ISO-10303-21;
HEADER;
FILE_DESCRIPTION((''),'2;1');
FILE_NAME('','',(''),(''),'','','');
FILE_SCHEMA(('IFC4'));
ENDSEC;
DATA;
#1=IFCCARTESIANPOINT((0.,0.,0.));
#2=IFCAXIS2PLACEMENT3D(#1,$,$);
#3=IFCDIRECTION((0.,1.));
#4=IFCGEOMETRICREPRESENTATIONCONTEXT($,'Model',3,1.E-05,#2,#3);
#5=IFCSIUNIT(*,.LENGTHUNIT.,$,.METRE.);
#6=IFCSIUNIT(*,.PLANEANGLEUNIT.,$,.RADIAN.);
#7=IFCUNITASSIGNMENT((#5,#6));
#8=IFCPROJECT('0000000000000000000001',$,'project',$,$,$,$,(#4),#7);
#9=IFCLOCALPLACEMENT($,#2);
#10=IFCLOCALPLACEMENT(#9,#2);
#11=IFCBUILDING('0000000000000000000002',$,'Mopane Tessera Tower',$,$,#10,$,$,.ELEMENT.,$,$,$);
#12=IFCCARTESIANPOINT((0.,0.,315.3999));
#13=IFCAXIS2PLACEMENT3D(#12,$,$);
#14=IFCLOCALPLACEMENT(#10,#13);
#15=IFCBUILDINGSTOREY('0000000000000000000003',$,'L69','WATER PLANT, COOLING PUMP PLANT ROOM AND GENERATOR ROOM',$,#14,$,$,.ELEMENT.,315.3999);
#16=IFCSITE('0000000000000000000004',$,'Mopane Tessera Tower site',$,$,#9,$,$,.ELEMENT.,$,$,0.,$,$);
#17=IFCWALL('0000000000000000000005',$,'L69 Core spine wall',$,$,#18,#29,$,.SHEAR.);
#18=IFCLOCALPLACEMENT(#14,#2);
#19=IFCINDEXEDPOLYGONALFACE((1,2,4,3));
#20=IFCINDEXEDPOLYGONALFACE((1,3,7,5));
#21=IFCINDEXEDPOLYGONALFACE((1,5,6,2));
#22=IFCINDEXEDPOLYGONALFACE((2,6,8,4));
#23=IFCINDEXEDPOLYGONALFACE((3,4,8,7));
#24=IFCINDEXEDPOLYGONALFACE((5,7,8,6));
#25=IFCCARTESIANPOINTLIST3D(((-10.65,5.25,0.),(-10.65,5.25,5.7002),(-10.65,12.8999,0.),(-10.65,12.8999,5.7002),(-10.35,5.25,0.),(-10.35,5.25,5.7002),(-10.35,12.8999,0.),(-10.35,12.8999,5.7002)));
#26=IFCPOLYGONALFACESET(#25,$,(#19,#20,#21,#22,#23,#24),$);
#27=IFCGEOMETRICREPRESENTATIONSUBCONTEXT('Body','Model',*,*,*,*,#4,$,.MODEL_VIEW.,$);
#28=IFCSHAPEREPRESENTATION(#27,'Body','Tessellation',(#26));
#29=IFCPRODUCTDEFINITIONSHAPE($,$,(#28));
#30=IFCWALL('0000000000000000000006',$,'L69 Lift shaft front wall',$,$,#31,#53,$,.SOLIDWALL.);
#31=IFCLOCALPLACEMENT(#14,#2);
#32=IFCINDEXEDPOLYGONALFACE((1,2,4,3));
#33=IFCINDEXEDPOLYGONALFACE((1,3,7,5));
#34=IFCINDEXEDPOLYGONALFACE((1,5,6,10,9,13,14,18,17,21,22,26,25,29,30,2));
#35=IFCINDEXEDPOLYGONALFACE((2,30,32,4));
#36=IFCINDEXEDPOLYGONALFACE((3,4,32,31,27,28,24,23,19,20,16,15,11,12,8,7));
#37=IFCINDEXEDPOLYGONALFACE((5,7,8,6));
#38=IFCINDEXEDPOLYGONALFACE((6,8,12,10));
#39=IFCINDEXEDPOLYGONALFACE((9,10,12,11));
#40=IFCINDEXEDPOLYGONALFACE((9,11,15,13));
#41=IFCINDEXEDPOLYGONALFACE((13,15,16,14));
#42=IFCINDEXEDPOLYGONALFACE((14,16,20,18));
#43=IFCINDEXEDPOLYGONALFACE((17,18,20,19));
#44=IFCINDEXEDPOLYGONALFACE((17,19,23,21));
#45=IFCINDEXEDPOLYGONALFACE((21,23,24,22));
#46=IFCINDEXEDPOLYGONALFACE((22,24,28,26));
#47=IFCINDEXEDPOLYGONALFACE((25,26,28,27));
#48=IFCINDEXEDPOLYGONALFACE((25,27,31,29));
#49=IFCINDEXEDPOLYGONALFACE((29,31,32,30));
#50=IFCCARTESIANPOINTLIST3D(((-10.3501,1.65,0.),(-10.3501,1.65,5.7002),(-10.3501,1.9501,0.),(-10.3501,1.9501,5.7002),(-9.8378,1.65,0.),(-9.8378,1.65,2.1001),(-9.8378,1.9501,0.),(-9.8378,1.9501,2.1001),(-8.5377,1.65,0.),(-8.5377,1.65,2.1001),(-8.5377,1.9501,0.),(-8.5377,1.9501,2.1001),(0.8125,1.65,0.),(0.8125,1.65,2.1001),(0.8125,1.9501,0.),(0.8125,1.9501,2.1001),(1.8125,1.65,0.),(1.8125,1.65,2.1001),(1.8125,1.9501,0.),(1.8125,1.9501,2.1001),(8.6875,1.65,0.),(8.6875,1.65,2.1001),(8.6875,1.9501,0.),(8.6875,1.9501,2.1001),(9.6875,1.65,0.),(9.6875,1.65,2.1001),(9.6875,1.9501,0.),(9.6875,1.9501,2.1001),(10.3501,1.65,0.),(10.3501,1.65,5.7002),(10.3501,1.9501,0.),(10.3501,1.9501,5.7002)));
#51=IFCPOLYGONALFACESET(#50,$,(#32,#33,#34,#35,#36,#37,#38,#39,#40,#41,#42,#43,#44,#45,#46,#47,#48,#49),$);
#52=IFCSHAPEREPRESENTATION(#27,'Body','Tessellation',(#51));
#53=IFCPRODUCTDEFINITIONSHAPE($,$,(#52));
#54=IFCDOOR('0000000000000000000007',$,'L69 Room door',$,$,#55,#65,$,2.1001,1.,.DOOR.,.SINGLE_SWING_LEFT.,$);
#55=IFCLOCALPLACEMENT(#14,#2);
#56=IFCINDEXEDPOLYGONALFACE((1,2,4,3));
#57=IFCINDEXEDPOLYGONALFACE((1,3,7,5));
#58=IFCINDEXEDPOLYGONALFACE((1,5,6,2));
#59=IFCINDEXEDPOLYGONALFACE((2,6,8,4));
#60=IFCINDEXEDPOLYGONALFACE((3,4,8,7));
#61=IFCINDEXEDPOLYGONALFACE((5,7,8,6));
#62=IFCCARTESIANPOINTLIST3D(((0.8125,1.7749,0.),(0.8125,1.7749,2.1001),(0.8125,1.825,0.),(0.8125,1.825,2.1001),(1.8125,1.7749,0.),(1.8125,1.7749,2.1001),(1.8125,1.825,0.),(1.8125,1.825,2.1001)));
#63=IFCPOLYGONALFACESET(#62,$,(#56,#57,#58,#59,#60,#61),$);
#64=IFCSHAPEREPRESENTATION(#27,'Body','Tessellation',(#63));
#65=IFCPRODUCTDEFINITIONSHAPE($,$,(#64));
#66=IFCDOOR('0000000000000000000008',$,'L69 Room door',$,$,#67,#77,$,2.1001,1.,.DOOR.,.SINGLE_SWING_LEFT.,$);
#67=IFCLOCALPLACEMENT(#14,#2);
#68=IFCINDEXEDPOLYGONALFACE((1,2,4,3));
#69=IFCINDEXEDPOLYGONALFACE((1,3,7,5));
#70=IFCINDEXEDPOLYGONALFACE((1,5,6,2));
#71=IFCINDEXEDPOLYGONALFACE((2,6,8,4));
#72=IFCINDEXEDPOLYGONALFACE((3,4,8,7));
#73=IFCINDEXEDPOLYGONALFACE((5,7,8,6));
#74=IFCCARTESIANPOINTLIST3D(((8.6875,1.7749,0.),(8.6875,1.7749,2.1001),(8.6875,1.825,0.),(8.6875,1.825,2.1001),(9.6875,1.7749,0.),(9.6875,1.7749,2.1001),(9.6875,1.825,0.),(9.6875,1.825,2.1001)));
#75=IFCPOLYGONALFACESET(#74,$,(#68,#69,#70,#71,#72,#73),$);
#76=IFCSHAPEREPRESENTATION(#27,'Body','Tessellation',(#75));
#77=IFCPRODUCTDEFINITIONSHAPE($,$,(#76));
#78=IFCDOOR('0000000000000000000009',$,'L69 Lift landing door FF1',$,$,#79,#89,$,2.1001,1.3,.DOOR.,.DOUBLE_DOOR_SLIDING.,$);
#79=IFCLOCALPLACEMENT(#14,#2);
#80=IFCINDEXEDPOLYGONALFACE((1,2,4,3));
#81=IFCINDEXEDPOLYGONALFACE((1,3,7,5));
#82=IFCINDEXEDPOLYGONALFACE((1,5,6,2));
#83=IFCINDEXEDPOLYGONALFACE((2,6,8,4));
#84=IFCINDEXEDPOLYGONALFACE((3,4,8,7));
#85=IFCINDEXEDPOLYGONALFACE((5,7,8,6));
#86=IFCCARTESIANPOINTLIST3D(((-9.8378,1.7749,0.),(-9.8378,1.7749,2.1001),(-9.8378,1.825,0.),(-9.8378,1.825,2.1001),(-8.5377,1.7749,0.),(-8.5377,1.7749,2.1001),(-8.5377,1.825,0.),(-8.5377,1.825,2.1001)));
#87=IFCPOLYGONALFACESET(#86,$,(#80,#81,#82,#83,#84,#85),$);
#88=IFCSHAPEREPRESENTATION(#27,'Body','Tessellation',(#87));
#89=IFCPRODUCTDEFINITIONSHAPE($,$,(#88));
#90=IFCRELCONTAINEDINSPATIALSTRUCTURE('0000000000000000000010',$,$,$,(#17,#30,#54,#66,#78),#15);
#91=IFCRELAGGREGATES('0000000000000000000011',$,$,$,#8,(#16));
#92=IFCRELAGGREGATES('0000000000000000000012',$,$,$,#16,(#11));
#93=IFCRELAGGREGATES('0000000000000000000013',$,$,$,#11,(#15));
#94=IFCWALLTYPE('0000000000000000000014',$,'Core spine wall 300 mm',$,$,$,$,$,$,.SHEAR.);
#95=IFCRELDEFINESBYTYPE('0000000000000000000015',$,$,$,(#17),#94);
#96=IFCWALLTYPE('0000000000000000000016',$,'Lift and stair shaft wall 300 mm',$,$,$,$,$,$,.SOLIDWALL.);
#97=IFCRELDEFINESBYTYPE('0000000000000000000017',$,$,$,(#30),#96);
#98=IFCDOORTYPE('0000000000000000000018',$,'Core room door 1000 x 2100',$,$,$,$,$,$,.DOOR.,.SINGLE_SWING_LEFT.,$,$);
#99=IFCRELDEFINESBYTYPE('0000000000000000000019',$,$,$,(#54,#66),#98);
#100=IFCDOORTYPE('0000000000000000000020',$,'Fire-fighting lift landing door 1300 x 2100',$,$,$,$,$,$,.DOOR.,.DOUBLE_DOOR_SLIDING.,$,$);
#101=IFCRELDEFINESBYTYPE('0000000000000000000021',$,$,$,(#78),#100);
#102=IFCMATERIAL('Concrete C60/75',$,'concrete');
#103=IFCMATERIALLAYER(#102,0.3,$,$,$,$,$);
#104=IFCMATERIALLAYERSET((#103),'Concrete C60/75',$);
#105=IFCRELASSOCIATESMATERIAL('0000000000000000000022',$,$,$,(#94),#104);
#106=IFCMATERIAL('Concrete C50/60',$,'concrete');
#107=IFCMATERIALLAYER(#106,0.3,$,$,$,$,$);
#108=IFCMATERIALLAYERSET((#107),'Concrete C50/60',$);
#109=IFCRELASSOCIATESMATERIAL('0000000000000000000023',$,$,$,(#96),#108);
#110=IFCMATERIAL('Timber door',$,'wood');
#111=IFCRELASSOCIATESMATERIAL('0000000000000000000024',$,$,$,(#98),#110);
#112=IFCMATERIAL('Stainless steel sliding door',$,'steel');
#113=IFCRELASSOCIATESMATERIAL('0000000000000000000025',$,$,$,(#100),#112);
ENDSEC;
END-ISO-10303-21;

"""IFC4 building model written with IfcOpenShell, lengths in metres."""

from ifc_helpers import new_model, si_unit, direction, frame, frame_2d, origin, place, context, subcontext, project, spatial, rectangle, extrude, material, layer, layer_set, type_object, element, fill, save


model = new_model("IFC4")

# Units and contexts
model_context = context("Model", 3, precision=1e-05, world=origin(), true_north=direction((0.0, 1.0)))
body_context = subcontext(model_context, "Body", "Model", "MODEL_VIEW")
ifc_project = project(units=[si_unit("LENGTHUNIT", "METRE"), si_unit("PLANEANGLEUNIT", "RADIAN")], contexts=[model_context])

# Site, building, storey
site_placement = place(None, origin())
site = spatial("IfcSite", under=ifc_project, at=site_placement, Name="Mopane Tessera Tower site", CompositionType="ELEMENT", RefElevation=0.0)
building_placement = place(site_placement, origin())
building = spatial("IfcBuilding", under=site, at=building_placement, Name="Mopane Tessera Tower", CompositionType="ELEMENT")
storey_placement = place(building_placement, frame((0.0, 0.0, 315.3999)))
storey = spatial("IfcBuildingStorey", under=building, at=storey_placement, Name="L69", Description="WATER PLANT, COOLING PUMP PLANT ROOM AND GENERATOR ROOM", CompositionType="ELEMENT", Elevation=315.3999)

# Wall
ifc_material_1 = material(Name="Concrete C60/75", Category="concrete")
ifc_layer_1 = layer(ifc_material_1, 0.3)
ifc_layer_set_1 = layer_set([ifc_layer_1], Name="Concrete C60/75")
wall_type_1 = type_object("IfcWallType", Name="Core spine wall 300 mm", PredefinedType="SHEAR", material=ifc_layer_set_1)
wall_1_placement = place(storey_placement, frame((-10.5, 5.25, 0.0), z_axis=(0.0, 0.0, 1.0), x_axis=(0.0, 1.0, 0.0)))
element("IfcWall", 1, at=wall_1_placement, inside=storey, type_object=wall_type_1, Name="L69 Core spine wall", PredefinedType="SHEAR", context=body_context, shape_type="SweptSolid", body=[
    extrude(rectangle(XDim=7.6499, YDim=0.3, at=frame_2d((3.825, 0.0))), origin(), (0.0, 0.0, 1.0), 5.7002),
])

# Wall, openings, doors
ifc_material_2 = material(Name="Concrete C50/60", Category="concrete")
ifc_layer_2 = layer(ifc_material_2, 0.3)
ifc_layer_set_2 = layer_set([ifc_layer_2], Name="Concrete C50/60")
wall_type_2 = type_object("IfcWallType", Name="Lift and stair shaft wall 300 mm", PredefinedType="SOLIDWALL", material=ifc_layer_set_2)
wall_2_placement = place(storey_placement, frame((-10.3501, 1.8, 0.0), z_axis=(0.0, 0.0, 1.0), x_axis=(1.0, 0.0, 0.0)))
wall_2 = element("IfcWall", 2, at=wall_2_placement, inside=storey, type_object=wall_type_2, Name="L69 Lift shaft front wall", PredefinedType="SOLIDWALL", context=body_context, shape_type="SweptSolid", body=[
    extrude(rectangle(XDim=20.7002, YDim=0.3, at=frame_2d((10.3501, 0.0))), origin(), (0.0, 0.0, 1.0), 5.7002),
])
opening_1_placement = place(wall_2_placement, frame((0.5125, 0.0, 0.0)))
opening_1 = element("IfcOpeningElement", 3, at=opening_1_placement, cuts=wall_2, PredefinedType="OPENING", context=body_context, shape_type="SweptSolid", body=[
    extrude(rectangle(XDim=1.3, YDim=2.1001, at=frame_2d((0.6499, 1.05))), frame((0.0, 0.1621, 0.0), z_axis=(0.0, -1.0, 0.0), x_axis=(1.0, 0.0, 0.0)), (0.0, 0.0, 1.0), 0.324),
])
opening_2_placement = place(wall_2_placement, frame((11.1626, 0.0, 0.0)))
opening_2 = element("IfcOpeningElement", 4, at=opening_2_placement, cuts=wall_2, PredefinedType="OPENING", context=body_context, shape_type="SweptSolid", body=[
    extrude(rectangle(XDim=1.0, YDim=2.1001, at=frame_2d((0.5, 1.05))), frame((0.0, 0.1621, 0.0), z_axis=(0.0, -1.0, 0.0), x_axis=(1.0, 0.0, 0.0)), (0.0, 0.0, 1.0), 0.324),
])
opening_3_placement = place(wall_2_placement, frame((19.0376, 0.0, 0.0)))
opening_3 = element("IfcOpeningElement", 5, at=opening_3_placement, cuts=wall_2, PredefinedType="OPENING", context=body_context, shape_type="SweptSolid", body=[
    extrude(rectangle(XDim=1.0, YDim=2.1001, at=frame_2d((0.5, 1.05))), frame((0.0, 0.1621, 0.0), z_axis=(0.0, -1.0, 0.0), x_axis=(1.0, 0.0, 0.0)), (0.0, 0.0, 1.0), 0.324),
])
ifc_material_3 = material(Name="Timber door", Category="wood")
door_type_1 = type_object("IfcDoorType", Name="Core room door 1000 x 2100", OperationType="SINGLE_SWING_LEFT", PredefinedType="DOOR", material=ifc_material_3)
door_1_placement = place(opening_2_placement, origin())
door_1 = element("IfcDoor", 6, at=door_1_placement, inside=storey, type_object=door_type_1, Name="L69 Room door", OperationType="SINGLE_SWING_LEFT", OverallHeight=2.1001, OverallWidth=1.0, PredefinedType="DOOR", context=body_context, shape_type="SweptSolid", body=[
    extrude(rectangle(XDim=1.0, YDim=2.1001, at=frame_2d((0.5, 1.05))), frame((0.0, 0.0249, 0.0), z_axis=(0.0, -1.0, 0.0), x_axis=(1.0, 0.0, 0.0)), (0.0, 0.0, 1.0), 0.05),
])
fill(opening_2, door_1)
door_2_placement = place(opening_3_placement, origin())
door_2 = element("IfcDoor", 7, at=door_2_placement, inside=storey, type_object=door_type_1, Name="L69 Room door", OperationType="SINGLE_SWING_LEFT", OverallHeight=2.1001, OverallWidth=1.0, PredefinedType="DOOR", context=body_context, shape_type="SweptSolid", body=[
    extrude(rectangle(XDim=1.0, YDim=2.1001, at=frame_2d((0.5, 1.05))), frame((0.0, 0.0249, 0.0), z_axis=(0.0, -1.0, 0.0), x_axis=(1.0, 0.0, 0.0)), (0.0, 0.0, 1.0), 0.05),
])
fill(opening_3, door_2)
ifc_material_4 = material(Name="Stainless steel sliding door", Category="steel")
door_type_2 = type_object("IfcDoorType", Name="Fire-fighting lift landing door 1300 x 2100", OperationType="DOUBLE_DOOR_SLIDING", PredefinedType="DOOR", material=ifc_material_4)
door_3_placement = place(opening_1_placement, origin())
door_3 = element("IfcDoor", 8, at=door_3_placement, inside=storey, type_object=door_type_2, Name="L69 Lift landing door FF1", OperationType="DOUBLE_DOOR_SLIDING", OverallHeight=2.1001, OverallWidth=1.3, PredefinedType="DOOR", context=body_context, shape_type="SweptSolid", body=[
    extrude(rectangle(XDim=1.3, YDim=2.1001, at=frame_2d((0.6499, 1.05))), frame((0.0, 0.0249, 0.0), z_axis=(0.0, -1.0, 0.0), x_axis=(1.0, 0.0, 0.0)), (0.0, 0.0, 1.0), 0.05),
])
fill(opening_1, door_3)

save(model, "model.ifc")
